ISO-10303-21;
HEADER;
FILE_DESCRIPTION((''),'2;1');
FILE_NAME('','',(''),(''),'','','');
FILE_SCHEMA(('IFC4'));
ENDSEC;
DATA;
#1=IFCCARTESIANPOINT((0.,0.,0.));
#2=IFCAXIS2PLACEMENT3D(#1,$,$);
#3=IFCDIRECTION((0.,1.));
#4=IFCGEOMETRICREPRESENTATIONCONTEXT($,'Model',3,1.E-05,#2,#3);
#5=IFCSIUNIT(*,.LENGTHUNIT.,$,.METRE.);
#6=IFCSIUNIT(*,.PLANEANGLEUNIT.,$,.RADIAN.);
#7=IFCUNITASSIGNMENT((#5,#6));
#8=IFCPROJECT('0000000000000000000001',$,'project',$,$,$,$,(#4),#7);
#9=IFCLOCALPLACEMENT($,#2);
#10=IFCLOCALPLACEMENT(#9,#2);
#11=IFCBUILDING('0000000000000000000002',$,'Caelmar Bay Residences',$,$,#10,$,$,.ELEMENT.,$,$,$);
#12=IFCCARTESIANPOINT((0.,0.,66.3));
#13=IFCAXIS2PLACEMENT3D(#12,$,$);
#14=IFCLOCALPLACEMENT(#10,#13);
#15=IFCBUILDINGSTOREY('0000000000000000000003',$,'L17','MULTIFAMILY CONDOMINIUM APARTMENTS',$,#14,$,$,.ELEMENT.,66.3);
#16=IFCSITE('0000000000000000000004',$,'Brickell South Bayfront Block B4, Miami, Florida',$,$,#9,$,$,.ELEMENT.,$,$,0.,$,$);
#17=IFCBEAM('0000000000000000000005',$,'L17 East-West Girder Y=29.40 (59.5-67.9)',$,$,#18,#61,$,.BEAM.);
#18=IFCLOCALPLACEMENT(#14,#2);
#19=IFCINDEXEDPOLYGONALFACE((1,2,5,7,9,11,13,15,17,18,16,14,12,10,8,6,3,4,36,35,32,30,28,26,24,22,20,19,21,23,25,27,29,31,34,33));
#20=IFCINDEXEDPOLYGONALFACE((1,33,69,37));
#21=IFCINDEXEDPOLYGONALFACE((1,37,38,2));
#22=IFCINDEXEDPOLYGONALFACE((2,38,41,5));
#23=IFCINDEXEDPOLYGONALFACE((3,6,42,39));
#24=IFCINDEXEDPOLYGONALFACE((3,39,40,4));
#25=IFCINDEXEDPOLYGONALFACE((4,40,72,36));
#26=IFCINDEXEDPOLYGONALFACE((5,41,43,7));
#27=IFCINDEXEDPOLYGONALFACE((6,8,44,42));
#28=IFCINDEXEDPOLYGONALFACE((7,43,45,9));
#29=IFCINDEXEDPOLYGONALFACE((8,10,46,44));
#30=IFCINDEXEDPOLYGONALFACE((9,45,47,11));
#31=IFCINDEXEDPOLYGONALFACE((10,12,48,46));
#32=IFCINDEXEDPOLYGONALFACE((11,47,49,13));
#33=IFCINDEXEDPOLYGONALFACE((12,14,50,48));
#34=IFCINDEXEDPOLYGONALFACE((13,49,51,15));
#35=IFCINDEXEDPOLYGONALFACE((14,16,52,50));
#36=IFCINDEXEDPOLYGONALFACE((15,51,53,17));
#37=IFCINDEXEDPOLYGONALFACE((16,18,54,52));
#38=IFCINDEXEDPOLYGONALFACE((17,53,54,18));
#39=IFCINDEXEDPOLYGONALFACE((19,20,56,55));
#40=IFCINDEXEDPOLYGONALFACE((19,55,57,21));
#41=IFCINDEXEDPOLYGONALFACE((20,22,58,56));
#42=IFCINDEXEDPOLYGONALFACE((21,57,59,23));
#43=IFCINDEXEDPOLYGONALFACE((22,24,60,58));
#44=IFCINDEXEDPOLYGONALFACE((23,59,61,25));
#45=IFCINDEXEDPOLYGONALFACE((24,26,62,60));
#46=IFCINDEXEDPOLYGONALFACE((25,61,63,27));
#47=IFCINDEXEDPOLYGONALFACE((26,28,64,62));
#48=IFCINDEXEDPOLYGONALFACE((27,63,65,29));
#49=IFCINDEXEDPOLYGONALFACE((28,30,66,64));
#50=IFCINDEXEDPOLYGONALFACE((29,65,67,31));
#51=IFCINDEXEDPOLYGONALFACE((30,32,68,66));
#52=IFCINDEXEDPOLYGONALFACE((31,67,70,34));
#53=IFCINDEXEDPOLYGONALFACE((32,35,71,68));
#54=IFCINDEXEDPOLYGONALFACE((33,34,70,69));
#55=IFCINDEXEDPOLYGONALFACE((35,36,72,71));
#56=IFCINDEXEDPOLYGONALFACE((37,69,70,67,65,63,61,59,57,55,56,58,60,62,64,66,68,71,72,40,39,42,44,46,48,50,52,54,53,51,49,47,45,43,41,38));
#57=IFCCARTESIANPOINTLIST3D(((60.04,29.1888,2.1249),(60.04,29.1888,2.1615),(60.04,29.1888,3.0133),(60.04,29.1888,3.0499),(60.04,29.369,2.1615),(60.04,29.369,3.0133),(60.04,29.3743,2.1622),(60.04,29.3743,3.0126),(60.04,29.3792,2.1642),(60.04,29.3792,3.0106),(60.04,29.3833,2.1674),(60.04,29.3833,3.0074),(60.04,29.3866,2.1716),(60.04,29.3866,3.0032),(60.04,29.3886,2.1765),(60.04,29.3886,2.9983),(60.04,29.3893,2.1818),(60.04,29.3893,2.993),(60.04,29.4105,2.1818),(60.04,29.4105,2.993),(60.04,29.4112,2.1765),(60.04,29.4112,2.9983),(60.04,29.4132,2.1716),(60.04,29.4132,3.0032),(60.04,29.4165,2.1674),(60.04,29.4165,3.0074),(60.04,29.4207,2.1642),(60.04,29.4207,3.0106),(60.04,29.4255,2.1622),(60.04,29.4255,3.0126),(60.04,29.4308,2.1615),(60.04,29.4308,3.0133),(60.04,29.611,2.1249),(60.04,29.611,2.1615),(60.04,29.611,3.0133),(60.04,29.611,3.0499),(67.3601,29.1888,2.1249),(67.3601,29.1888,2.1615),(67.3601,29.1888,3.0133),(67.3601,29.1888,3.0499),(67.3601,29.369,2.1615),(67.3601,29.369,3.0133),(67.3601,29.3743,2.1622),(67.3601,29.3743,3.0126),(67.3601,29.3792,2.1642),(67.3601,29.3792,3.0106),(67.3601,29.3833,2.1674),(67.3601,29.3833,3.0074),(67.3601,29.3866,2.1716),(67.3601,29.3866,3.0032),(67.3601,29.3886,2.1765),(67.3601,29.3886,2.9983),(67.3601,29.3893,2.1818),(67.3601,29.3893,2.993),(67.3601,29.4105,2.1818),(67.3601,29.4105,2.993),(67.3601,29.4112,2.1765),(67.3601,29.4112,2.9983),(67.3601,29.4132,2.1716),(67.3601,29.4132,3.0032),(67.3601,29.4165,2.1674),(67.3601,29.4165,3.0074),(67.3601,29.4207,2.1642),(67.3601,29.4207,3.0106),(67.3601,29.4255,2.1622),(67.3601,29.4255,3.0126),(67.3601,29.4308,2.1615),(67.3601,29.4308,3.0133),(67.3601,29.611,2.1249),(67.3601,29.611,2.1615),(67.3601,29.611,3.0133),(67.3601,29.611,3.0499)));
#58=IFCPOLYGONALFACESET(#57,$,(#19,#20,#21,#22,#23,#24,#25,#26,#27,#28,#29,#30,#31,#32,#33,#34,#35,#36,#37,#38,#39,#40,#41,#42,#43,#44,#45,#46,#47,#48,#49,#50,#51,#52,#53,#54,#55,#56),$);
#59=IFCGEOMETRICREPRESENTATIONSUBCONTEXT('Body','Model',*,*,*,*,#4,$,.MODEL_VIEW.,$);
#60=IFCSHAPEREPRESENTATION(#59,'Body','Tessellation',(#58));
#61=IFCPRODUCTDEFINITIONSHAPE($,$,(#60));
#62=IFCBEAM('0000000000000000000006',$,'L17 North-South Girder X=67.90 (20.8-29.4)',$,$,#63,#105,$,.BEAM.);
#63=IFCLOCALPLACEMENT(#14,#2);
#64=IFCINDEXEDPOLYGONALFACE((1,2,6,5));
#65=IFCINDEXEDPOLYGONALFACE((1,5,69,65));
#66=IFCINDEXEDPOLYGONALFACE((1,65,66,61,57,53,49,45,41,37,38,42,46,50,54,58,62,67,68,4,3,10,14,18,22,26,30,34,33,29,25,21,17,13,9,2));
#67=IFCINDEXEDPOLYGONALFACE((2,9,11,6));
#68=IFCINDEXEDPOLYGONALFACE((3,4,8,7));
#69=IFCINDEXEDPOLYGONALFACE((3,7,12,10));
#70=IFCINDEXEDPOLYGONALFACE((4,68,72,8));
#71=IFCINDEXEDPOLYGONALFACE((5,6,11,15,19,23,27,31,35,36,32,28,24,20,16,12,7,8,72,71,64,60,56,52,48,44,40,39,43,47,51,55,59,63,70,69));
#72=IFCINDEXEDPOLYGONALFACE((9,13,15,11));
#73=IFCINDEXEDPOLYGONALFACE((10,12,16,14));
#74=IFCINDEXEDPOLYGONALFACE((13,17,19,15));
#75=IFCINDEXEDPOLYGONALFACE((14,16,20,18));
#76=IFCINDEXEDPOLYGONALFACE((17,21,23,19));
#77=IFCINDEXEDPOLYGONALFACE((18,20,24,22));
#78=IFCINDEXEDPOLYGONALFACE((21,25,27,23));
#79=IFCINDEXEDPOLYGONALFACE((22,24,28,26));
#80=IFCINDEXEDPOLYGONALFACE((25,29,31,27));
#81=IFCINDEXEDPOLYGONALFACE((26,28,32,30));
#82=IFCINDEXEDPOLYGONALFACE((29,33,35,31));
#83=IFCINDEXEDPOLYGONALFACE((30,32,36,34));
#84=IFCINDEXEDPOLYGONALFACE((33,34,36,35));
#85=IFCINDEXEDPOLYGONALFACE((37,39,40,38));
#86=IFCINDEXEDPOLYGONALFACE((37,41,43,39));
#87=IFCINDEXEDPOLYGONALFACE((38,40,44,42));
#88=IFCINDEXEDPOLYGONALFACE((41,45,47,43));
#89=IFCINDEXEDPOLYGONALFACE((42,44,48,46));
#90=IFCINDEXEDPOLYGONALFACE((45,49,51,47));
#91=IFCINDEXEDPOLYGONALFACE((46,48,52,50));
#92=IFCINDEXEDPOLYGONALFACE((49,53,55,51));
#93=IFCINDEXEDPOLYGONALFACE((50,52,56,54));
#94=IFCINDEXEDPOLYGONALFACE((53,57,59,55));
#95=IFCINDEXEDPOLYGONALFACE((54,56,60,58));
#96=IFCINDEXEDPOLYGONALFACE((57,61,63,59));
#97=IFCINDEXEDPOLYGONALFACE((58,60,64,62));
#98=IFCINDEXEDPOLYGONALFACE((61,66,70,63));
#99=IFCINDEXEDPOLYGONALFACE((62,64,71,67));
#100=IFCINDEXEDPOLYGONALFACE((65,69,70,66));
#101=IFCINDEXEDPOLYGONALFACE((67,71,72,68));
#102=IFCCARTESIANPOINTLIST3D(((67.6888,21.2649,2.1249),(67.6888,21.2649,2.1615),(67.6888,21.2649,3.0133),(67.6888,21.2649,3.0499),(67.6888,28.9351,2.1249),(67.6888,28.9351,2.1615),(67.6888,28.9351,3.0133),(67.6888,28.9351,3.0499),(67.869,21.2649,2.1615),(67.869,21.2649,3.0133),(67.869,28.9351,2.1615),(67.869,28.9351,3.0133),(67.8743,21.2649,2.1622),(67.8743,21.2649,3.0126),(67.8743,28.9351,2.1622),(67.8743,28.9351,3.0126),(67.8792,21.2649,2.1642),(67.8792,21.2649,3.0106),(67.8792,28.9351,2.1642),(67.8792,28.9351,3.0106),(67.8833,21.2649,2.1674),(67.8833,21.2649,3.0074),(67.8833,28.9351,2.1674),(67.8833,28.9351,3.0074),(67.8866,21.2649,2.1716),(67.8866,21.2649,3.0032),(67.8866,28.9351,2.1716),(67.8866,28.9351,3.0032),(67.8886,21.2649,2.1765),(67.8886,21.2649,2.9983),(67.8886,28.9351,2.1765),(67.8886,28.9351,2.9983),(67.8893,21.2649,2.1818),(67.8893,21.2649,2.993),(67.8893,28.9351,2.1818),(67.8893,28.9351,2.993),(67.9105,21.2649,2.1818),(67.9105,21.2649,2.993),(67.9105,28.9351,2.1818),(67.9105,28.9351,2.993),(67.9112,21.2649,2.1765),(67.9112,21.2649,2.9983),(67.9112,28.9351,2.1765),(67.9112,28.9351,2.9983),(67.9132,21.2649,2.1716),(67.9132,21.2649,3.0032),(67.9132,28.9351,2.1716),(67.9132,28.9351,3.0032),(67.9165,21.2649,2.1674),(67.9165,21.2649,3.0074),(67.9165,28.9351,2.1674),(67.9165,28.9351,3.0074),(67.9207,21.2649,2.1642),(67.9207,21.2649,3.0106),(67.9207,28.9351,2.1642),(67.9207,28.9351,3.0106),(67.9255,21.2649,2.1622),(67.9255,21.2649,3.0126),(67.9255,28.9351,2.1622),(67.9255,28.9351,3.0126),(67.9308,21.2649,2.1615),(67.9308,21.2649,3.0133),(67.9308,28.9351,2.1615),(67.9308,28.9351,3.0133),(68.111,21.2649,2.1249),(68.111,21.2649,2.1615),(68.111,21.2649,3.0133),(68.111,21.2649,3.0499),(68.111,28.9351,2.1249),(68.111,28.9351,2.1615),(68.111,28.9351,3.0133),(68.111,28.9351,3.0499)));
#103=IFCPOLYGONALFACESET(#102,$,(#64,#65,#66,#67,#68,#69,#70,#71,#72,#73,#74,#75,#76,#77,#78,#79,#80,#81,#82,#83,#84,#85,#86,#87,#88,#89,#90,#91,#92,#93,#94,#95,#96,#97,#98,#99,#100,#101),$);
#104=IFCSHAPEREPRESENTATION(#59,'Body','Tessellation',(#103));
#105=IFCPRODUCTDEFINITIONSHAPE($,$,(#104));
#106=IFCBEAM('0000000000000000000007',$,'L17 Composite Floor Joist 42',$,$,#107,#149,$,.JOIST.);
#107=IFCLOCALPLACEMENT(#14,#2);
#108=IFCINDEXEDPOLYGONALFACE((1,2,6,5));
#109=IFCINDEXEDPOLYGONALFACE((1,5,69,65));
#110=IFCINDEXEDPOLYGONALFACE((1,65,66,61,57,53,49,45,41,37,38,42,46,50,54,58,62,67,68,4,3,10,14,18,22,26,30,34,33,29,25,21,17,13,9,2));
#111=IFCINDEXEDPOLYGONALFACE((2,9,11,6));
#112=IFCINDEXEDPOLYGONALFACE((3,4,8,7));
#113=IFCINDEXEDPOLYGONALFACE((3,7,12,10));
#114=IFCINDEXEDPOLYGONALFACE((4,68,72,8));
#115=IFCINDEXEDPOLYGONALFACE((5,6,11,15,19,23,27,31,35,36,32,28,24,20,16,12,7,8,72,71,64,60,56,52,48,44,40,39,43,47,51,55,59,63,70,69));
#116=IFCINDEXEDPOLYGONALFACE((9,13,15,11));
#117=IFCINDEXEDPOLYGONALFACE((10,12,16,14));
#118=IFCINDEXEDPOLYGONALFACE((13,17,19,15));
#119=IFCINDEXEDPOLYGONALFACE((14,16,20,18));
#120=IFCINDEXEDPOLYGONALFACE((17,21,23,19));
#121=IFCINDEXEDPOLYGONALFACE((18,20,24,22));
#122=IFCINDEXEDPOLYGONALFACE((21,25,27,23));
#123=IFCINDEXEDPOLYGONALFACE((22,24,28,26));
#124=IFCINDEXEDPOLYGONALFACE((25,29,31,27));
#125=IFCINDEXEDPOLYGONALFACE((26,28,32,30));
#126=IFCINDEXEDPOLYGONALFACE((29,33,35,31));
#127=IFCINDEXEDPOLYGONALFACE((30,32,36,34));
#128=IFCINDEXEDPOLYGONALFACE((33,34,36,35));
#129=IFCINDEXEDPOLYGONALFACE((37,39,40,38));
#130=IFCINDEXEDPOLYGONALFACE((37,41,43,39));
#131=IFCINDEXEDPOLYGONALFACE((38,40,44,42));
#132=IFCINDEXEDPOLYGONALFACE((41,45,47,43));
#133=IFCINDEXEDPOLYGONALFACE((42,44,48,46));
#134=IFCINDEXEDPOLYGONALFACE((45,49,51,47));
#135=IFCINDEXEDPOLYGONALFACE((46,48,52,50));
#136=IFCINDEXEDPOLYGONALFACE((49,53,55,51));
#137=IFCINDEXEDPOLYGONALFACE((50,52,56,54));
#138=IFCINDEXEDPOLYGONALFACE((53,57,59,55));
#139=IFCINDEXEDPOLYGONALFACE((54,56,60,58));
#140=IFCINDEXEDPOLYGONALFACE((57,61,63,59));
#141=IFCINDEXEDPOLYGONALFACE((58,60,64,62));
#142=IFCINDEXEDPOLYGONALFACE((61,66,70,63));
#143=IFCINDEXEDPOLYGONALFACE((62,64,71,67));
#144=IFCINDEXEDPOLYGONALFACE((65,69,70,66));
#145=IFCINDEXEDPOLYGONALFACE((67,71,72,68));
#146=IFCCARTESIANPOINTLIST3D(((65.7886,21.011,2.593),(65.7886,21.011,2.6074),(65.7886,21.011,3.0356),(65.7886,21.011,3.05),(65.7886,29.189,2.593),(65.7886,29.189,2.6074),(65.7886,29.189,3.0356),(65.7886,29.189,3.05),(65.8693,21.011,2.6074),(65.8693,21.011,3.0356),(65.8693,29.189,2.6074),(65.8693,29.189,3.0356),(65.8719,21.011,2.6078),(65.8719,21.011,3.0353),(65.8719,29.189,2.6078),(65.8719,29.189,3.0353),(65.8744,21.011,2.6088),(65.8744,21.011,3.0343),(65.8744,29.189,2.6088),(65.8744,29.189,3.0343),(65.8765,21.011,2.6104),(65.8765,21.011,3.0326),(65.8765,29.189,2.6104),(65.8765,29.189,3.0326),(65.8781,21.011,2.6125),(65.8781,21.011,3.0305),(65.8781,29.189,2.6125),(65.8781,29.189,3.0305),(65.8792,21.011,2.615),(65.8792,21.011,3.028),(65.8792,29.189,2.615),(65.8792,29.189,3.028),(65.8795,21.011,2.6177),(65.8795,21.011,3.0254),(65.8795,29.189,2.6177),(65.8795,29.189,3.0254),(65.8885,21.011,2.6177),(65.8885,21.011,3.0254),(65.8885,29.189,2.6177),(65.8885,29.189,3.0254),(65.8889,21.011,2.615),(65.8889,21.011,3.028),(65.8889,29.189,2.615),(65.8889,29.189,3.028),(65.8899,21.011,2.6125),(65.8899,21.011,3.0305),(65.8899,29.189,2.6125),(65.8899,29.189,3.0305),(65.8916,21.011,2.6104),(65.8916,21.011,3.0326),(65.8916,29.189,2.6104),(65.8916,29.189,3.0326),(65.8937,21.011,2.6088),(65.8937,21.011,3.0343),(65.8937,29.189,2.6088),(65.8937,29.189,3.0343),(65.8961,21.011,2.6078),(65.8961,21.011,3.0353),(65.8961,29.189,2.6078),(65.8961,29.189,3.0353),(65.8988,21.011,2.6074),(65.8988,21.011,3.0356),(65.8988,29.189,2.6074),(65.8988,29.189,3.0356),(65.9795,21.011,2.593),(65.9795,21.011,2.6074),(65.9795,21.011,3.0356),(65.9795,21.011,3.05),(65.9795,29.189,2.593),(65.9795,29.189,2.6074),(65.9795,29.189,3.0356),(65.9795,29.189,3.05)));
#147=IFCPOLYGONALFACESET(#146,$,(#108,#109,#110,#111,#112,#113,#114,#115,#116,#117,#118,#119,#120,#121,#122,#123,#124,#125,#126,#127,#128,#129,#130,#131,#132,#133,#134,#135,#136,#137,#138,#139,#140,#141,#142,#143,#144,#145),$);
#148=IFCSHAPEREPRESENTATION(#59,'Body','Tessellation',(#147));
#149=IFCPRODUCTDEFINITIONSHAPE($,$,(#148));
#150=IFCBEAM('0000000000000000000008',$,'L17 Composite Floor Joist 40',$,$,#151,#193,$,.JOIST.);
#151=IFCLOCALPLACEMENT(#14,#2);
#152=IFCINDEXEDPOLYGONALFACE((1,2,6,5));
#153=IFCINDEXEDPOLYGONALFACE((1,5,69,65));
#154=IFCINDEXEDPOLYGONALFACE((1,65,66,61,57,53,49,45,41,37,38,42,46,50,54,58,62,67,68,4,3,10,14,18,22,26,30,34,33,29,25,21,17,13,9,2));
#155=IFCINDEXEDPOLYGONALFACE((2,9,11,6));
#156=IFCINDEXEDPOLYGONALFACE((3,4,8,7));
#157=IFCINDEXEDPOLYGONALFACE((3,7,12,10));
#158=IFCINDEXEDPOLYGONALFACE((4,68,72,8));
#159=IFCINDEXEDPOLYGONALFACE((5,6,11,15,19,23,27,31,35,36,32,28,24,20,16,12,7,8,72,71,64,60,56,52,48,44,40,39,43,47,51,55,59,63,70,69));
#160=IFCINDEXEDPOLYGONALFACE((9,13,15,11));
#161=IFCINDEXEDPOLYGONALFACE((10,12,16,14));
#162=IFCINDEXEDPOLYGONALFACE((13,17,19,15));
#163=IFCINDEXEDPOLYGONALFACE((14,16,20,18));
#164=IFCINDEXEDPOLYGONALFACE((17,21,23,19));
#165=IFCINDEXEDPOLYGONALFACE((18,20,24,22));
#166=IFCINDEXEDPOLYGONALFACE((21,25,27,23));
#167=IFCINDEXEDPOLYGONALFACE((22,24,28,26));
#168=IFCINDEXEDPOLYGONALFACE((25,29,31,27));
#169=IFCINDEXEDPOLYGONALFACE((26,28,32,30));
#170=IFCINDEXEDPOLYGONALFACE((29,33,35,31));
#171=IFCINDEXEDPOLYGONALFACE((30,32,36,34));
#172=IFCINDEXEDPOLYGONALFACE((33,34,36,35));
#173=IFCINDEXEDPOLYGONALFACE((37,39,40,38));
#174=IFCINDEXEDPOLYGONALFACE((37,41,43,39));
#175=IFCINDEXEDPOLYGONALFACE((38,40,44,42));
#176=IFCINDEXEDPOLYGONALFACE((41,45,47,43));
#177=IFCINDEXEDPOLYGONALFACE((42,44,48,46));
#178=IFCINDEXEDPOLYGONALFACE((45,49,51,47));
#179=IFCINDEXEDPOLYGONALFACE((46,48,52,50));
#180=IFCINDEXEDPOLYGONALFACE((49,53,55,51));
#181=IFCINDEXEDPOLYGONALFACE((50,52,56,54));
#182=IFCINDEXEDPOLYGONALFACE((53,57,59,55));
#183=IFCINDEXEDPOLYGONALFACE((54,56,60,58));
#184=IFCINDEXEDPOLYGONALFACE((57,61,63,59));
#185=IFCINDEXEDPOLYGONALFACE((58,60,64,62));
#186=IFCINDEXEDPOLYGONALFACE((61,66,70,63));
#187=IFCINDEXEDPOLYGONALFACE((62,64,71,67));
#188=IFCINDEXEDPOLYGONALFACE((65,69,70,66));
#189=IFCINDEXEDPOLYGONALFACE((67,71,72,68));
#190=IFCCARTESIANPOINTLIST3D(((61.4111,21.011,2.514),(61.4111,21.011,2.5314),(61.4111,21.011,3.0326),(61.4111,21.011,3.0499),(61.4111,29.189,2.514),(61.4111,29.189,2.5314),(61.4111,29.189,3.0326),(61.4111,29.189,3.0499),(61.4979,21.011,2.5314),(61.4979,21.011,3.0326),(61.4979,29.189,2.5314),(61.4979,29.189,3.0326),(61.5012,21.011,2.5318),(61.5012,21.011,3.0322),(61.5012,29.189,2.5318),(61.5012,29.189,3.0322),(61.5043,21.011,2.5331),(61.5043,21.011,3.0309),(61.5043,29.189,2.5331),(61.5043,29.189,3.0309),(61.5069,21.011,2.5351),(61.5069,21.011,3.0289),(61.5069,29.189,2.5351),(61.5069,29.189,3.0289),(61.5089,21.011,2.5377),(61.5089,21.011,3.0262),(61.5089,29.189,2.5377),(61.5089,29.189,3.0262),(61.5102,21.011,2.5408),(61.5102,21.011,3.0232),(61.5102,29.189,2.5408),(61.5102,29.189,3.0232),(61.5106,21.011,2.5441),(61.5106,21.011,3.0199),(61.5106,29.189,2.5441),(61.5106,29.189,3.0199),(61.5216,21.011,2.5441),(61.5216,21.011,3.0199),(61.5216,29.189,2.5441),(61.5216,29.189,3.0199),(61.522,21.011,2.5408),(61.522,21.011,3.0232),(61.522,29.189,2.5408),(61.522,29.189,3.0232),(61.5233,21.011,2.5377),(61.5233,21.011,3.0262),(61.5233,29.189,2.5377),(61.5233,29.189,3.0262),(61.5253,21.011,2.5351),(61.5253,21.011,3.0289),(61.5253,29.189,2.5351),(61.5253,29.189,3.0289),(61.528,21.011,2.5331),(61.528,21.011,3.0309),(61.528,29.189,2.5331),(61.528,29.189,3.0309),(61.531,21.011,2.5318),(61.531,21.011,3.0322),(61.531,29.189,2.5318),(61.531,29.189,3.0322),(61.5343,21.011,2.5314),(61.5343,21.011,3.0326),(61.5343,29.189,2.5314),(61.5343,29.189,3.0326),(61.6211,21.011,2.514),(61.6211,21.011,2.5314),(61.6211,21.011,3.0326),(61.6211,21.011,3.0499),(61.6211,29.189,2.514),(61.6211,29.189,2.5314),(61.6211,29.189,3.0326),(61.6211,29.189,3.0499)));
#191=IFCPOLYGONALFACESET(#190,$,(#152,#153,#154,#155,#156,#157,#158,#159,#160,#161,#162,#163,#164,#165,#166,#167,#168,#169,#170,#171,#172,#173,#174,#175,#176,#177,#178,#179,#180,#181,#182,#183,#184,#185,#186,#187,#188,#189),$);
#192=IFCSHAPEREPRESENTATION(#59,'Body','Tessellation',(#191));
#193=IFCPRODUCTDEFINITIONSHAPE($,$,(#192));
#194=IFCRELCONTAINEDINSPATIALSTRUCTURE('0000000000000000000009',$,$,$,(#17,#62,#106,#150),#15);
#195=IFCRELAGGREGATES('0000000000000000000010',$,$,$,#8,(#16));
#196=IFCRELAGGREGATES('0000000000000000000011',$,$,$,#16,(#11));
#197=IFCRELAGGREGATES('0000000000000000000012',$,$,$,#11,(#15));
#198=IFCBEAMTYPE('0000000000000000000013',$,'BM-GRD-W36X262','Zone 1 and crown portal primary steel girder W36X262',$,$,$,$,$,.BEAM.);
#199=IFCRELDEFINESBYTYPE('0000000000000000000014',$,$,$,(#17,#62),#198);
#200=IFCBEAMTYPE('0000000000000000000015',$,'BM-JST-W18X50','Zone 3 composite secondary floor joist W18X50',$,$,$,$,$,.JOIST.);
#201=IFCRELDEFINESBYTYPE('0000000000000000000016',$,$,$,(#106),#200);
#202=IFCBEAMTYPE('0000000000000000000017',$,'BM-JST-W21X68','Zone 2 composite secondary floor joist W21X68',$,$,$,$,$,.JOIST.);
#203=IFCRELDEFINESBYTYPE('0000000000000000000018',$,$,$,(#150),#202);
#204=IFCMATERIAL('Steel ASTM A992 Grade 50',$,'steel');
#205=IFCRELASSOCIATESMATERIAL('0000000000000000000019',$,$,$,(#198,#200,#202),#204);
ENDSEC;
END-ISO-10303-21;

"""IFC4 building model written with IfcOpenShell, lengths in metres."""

from ifc_helpers import new_model, si_unit, direction, frame, origin, origin_2d, place, context, subcontext, project, spatial, i_section, extrude, material, material_profile, profile_set, type_object, element, save


model = new_model("IFC4")

# Units and contexts
model_context = context("Model", 3, precision=1e-05, world=origin(), true_north=direction((0.0, 1.0)))
body_context = subcontext(model_context, "Body", "Model", "MODEL_VIEW")
ifc_project = project(units=[si_unit("LENGTHUNIT", "METRE"), si_unit("PLANEANGLEUNIT", "RADIAN")], contexts=[model_context])

# Site, building, storey
site_placement = place(None, origin())
site = spatial("IfcSite", under=ifc_project, at=site_placement, Name="Brickell South Bayfront Block B4, Miami, Florida", CompositionType="ELEMENT", RefElevation=0.0)
building_placement = place(site_placement, origin())
building = spatial("IfcBuilding", under=site, at=building_placement, Name="Caelmar Bay Residences", CompositionType="ELEMENT")
storey_placement = place(building_placement, frame((0.0, 0.0, 66.3)))
storey = spatial("IfcBuildingStorey", under=building, at=storey_placement, Name="L17", Description="MULTIFAMILY CONDOMINIUM APARTMENTS", CompositionType="ELEMENT", Elevation=66.3)

# Beams
ifc_material_1 = material(Name="Steel ASTM A992 Grade 50", Category="steel")
ifc_material_profile_1 = material_profile(ifc_material_1, i_section(OverallWidth=0.4221, OverallDepth=0.925, WebThickness=0.0212, FlangeThickness=0.0366, FilletRadius=0.0203, at=origin_2d()), Name="W36X262")
ifc_profile_set_1 = profile_set([ifc_material_profile_1], Name="Steel ASTM A992 Grade 50")
beam_type_1 = type_object("IfcBeamType", Name="BM-GRD-W36X262", Description="Zone 1 and crown portal primary steel girder W36X262", PredefinedType="BEAM", material=ifc_profile_set_1)
beam_1_placement = place(storey_placement, frame((60.04, 29.3999, 2.5874), z_axis=(1.0, 0.0, 0.0), x_axis=(0.0, 1.0, 0.0)))
element("IfcBeam", 1, at=beam_1_placement, inside=storey, type_object=beam_type_1, Name="L17 East-West Girder Y=29.40 (59.5-67.9)", PredefinedType="BEAM", context=body_context, shape_type="SweptSolid", body=[
    extrude(i_section(OverallWidth=0.4221, OverallDepth=0.925, WebThickness=0.0212, FlangeThickness=0.0366, FilletRadius=0.0203, at=origin_2d()), origin(), (0.0, 0.0, 1.0), 7.3201),
])
beam_2_placement = place(storey_placement, frame((67.8999, 21.2649, 2.5874), z_axis=(0.0, 1.0, 0.0), x_axis=(-1.0, 0.0, 0.0)))
element("IfcBeam", 2, at=beam_2_placement, inside=storey, type_object=beam_type_1, Name="L17 North-South Girder X=67.90 (20.8-29.4)", PredefinedType="BEAM", context=body_context, shape_type="SweptSolid", body=[
    extrude(i_section(OverallWidth=0.4221, OverallDepth=0.925, WebThickness=0.0212, FlangeThickness=0.0366, FilletRadius=0.0203, at=origin_2d()), origin(), (0.0, 0.0, 1.0), 7.6702),
])
ifc_material_profile_2 = material_profile(ifc_material_1, i_section(OverallWidth=0.1909, OverallDepth=0.457, WebThickness=0.009, FlangeThickness=0.0144, FilletRadius=0.0103, at=origin_2d()), Name="W18X50")
ifc_profile_set_2 = profile_set([ifc_material_profile_2], Name="Steel ASTM A992 Grade 50")
beam_type_2 = type_object("IfcBeamType", Name="BM-JST-W18X50", Description="Zone 3 composite secondary floor joist W18X50", PredefinedType="JOIST", material=ifc_profile_set_2)
beam_3_placement = place(storey_placement, frame((65.884, 21.011, 2.8215), z_axis=(0.0, 1.0, 0.0), x_axis=(-1.0, 0.0, 0.0)))
element("IfcBeam", 3, at=beam_3_placement, inside=storey, type_object=beam_type_2, Name="L17 Composite Floor Joist 42", PredefinedType="JOIST", context=body_context, shape_type="SweptSolid", body=[
    extrude(i_section(OverallWidth=0.1909, OverallDepth=0.457, WebThickness=0.009, FlangeThickness=0.0144, FilletRadius=0.0103, at=origin_2d()), origin(), (0.0, 0.0, 1.0), 8.178),
])
ifc_material_profile_3 = material_profile(ifc_material_1, i_section(OverallWidth=0.21, OverallDepth=0.5359, WebThickness=0.011, FlangeThickness=0.0173, FilletRadius=0.0127, at=origin_2d()), Name="W21X68")
ifc_profile_set_3 = profile_set([ifc_material_profile_3], Name="Steel ASTM A992 Grade 50")
beam_type_3 = type_object("IfcBeamType", Name="BM-JST-W21X68", Description="Zone 2 composite secondary floor joist W21X68", PredefinedType="JOIST", material=ifc_profile_set_3)
beam_4_placement = place(storey_placement, frame((61.5161, 21.011, 2.782), z_axis=(0.0, 1.0, 0.0), x_axis=(-1.0, 0.0, 0.0)))
element("IfcBeam", 4, at=beam_4_placement, inside=storey, type_object=beam_type_3, Name="L17 Composite Floor Joist 40", PredefinedType="JOIST", context=body_context, shape_type="SweptSolid", body=[
    extrude(i_section(OverallWidth=0.21, OverallDepth=0.5359, WebThickness=0.011, FlangeThickness=0.0173, FilletRadius=0.0127, at=origin_2d()), origin(), (0.0, 0.0, 1.0), 8.178),
])

save(model, "model.ifc")
